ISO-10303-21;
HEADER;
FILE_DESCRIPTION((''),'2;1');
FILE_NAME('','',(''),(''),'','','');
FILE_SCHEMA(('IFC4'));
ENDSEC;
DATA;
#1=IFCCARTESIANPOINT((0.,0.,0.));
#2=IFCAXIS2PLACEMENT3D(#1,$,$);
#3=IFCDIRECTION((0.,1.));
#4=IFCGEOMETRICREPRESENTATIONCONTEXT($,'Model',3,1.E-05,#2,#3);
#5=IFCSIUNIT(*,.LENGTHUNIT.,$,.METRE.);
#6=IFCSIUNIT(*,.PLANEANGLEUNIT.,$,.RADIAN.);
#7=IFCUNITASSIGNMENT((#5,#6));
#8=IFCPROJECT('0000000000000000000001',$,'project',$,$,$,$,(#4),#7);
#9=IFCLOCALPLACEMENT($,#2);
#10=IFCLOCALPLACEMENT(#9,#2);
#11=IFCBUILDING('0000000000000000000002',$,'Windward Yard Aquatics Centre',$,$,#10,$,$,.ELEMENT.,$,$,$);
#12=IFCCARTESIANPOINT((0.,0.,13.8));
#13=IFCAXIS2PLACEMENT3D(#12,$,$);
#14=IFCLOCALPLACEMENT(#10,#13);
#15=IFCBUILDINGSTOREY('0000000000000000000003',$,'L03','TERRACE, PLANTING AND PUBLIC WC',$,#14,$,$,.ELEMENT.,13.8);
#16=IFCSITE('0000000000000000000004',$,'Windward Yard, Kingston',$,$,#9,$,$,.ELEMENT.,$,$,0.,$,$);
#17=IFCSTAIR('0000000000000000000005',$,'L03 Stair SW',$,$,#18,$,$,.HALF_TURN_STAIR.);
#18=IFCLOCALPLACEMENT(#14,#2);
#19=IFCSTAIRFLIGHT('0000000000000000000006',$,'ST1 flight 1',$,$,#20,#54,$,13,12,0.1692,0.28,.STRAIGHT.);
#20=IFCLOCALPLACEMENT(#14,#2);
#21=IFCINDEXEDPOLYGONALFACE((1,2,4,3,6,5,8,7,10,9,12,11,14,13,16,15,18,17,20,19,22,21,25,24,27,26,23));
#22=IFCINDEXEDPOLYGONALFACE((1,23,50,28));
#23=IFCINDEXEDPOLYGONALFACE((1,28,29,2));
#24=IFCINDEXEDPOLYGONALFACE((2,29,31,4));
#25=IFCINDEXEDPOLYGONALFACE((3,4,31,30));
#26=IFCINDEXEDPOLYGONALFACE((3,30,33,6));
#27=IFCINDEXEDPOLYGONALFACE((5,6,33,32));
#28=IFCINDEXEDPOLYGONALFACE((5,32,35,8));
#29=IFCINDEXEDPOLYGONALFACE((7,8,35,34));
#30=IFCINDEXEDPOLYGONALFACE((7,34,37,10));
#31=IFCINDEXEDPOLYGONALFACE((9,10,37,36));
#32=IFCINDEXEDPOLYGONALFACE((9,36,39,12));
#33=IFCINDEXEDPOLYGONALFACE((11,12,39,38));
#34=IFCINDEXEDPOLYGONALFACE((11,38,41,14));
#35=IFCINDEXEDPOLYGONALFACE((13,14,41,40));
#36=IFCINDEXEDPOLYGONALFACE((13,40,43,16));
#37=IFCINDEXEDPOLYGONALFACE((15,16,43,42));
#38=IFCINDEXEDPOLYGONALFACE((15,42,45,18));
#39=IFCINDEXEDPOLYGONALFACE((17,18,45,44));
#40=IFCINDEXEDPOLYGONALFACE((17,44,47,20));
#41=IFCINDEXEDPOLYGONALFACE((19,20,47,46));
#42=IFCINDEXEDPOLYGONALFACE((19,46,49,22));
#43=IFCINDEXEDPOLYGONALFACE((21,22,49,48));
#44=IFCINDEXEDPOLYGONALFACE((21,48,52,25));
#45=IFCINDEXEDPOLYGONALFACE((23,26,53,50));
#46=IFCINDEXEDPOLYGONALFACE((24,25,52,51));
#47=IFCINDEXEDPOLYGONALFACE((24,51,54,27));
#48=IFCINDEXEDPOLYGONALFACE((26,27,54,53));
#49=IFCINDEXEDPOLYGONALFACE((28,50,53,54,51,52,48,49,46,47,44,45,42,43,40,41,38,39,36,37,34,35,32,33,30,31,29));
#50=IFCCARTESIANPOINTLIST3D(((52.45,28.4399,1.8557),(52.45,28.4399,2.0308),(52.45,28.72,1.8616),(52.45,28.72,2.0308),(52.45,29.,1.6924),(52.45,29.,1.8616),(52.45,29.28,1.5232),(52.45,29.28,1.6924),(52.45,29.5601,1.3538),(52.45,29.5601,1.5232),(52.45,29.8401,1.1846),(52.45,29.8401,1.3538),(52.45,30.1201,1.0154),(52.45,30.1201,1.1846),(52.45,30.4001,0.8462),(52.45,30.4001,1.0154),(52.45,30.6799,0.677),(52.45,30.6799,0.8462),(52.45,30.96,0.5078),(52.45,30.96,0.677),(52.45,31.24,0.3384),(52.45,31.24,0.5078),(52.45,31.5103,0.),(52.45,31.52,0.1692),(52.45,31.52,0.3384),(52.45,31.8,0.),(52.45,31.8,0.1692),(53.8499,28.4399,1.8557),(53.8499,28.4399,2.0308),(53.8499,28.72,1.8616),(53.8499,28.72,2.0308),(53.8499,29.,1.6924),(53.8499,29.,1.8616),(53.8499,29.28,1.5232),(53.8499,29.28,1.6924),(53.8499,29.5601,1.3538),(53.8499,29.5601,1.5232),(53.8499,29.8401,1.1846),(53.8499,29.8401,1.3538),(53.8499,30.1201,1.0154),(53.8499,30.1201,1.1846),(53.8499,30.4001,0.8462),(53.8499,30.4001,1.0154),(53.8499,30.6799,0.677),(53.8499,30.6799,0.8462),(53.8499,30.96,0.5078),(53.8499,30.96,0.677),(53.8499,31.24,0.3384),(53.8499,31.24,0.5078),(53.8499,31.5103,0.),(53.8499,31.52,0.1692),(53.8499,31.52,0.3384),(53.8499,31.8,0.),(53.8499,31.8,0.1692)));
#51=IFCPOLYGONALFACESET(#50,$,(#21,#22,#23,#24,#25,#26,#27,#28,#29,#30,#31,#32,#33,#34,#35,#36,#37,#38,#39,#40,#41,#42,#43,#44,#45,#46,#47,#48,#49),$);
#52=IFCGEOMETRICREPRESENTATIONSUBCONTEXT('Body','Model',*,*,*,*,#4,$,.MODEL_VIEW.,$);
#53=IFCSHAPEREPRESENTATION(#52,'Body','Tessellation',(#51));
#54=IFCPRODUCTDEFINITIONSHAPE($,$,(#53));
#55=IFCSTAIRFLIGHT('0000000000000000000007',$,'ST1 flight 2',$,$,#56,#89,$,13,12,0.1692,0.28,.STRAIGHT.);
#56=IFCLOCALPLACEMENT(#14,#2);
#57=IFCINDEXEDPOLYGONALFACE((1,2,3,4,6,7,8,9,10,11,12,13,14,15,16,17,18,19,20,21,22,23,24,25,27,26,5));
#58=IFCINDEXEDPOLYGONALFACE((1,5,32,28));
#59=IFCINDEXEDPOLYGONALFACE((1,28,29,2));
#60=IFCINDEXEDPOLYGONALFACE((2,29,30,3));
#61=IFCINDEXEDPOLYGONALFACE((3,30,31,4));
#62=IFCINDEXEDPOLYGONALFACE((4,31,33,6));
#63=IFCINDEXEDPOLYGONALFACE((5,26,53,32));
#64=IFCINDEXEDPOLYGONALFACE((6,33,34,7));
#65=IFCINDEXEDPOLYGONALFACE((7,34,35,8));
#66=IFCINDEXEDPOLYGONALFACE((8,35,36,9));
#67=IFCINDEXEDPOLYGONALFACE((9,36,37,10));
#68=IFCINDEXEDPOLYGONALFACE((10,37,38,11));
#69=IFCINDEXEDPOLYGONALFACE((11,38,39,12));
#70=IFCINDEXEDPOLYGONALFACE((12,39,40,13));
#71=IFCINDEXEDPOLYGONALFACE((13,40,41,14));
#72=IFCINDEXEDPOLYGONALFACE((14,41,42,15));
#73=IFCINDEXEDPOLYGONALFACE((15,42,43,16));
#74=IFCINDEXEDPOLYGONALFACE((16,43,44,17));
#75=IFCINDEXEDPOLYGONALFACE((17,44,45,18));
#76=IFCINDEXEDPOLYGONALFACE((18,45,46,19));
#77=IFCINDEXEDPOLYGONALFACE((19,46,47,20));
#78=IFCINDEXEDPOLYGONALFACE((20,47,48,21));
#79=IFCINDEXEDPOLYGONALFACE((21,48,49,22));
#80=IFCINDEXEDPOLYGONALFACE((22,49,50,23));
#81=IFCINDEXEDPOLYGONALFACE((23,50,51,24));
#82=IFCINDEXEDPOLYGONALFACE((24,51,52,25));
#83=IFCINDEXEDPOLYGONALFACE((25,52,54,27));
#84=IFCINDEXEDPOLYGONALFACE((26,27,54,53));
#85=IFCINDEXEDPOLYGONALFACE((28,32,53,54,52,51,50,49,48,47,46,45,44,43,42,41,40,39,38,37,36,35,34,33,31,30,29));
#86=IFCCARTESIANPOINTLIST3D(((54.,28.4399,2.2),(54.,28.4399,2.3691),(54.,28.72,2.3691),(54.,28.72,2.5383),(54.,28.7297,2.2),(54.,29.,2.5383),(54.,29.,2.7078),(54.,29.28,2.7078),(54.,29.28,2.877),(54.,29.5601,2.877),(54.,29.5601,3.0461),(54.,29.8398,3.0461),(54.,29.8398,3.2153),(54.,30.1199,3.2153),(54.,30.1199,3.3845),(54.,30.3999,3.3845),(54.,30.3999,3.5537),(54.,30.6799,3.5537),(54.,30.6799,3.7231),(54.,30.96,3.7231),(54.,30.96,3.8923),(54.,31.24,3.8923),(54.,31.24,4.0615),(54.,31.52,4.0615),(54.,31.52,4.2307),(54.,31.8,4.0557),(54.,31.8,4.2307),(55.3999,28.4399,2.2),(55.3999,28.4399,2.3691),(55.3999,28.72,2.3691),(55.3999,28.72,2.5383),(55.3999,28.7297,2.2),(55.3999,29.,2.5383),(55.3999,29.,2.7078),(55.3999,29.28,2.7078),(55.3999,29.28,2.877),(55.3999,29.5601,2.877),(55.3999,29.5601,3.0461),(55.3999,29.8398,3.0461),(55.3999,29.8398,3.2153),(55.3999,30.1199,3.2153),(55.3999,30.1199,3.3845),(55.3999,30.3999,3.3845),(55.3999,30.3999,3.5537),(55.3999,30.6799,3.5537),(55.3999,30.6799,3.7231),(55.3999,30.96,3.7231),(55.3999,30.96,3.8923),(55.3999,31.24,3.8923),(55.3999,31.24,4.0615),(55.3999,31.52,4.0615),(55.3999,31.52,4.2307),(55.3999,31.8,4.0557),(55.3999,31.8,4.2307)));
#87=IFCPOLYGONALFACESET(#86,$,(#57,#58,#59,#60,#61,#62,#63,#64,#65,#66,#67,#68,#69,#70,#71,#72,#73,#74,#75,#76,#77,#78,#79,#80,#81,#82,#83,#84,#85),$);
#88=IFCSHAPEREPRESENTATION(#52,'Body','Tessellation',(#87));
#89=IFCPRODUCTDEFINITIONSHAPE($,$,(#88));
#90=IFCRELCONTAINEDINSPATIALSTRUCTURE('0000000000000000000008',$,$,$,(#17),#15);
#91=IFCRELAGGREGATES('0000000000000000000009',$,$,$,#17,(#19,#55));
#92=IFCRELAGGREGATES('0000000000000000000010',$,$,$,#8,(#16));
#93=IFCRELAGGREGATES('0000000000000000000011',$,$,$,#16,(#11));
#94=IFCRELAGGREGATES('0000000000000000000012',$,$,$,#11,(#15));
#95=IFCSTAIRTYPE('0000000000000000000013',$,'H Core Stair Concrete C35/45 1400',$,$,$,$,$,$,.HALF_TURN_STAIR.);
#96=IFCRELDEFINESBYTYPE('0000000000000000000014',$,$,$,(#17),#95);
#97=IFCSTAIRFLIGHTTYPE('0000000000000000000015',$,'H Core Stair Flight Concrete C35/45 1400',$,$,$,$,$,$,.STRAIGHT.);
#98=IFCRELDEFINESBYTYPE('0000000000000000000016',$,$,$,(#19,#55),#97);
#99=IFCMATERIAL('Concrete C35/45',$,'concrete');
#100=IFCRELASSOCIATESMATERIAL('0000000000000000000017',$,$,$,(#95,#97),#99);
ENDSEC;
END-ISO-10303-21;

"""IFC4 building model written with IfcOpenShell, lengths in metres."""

from ifc_helpers import new_model, si_unit, direction, frame, origin, place, context, subcontext, project, spatial, polyline, outline, extrude, material, type_object, element, aggregate, save


model = new_model("IFC4")

# Units and contexts
model_context = context("Model", 3, precision=1e-05, world=origin(), true_north=direction((0.0, 1.0)))
body_context = subcontext(model_context, "Body", "Model", "MODEL_VIEW")
ifc_project = project(units=[si_unit("LENGTHUNIT", "METRE"), si_unit("PLANEANGLEUNIT", "RADIAN")], contexts=[model_context])

# Site, building, storey
site_placement = place(None, origin())
site = spatial("IfcSite", under=ifc_project, at=site_placement, Name="Windward Yard, Kingston", CompositionType="ELEMENT", RefElevation=0.0)
building_placement = place(site_placement, origin())
building = spatial("IfcBuilding", under=site, at=building_placement, Name="Windward Yard Aquatics Centre", CompositionType="ELEMENT")
storey_placement = place(building_placement, frame((0.0, 0.0, 13.8)))
storey = spatial("IfcBuildingStorey", under=building, at=storey_placement, Name="L03", Description="TERRACE, PLANTING AND PUBLIC WC", CompositionType="ELEMENT", Elevation=13.8)

# Shared definitions
ifc_material_1 = material(Name="Concrete C35/45", Category="concrete")

# Stair, stair flights
stair_type_1 = type_object("IfcStairType", Name="H Core Stair Concrete C35/45 1400", PredefinedType="HALF_TURN_STAIR", material=ifc_material_1)
stair_1_placement = place(storey_placement, origin())
stair_1 = element("IfcStair", 1, at=stair_1_placement, inside=storey, type_object=stair_type_1, Name="L03 Stair SW", PredefinedType="HALF_TURN_STAIR")
stair_flight_type = type_object("IfcStairFlightType", Name="H Core Stair Flight Concrete C35/45 1400", PredefinedType="STRAIGHT", material=ifc_material_1)
stair_flight_1_placement = place(storey_placement, frame((53.1499, 31.8, 0.0), z_axis=(0.0, 0.0, 1.0), x_axis=(0.0, -1.0, 0.0)))
stair_flight_1 = element("IfcStairFlight", 2, at=stair_flight_1_placement, type_object=stair_flight_type, Name="ST1 flight 1", NumberOfRisers=13, NumberOfTreads=12, PredefinedType="STRAIGHT", RiserHeight=0.1692, TreadLength=0.28, context=body_context, shape_type="SweptSolid", body=[
    extrude(outline(polyline([(0.0, 0.0), (0.0, 0.1692), (0.28, 0.1692), (0.28, 0.3384), (0.5601, 0.3384), (0.5601, 0.5078), (0.8401, 0.5078), (0.8401, 0.677), (1.1201, 0.677), (1.1201, 0.8462), (1.3999, 0.8462), (1.3999, 1.0154), (1.6799, 1.0154), (1.6799, 1.1846), (1.96, 1.1846), (1.96, 1.3538), (2.24, 1.3538), (2.24, 1.5232), (2.52, 1.5232), (2.52, 1.6924), (2.8, 1.6924), (2.8, 1.8616), (3.0801, 1.8616), (3.0801, 2.0308), (3.3601, 2.0308), (3.3601, 2.2), (3.3601, 1.8557), (0.2898, 0.0), (0.0, 0.0)])), frame((0.0, 0.7, 0.0), z_axis=(0.0, -1.0, 0.0), x_axis=(1.0, 0.0, 0.0)), (0.0, 0.0, 1.0), 1.3999),
])
stair_flight_2_placement = place(storey_placement, frame((54.7, 28.4399, 2.2), z_axis=(0.0, 0.0, 1.0), x_axis=(0.0, 1.0, 0.0)))
stair_flight_2 = element("IfcStairFlight", 3, at=stair_flight_2_placement, type_object=stair_flight_type, Name="ST1 flight 2", NumberOfRisers=13, NumberOfTreads=12, PredefinedType="STRAIGHT", RiserHeight=0.1692, TreadLength=0.28, context=body_context, shape_type="SweptSolid", body=[
    extrude(outline(polyline([(0.0, 0.0), (0.0, 0.1692), (0.28, 0.1692), (0.28, 0.3384), (0.5601, 0.3384), (0.5601, 0.5078), (0.8401, 0.5078), (0.8401, 0.677), (1.1201, 0.677), (1.1201, 0.8462), (1.3999, 0.8462), (1.3999, 1.0154), (1.6799, 1.0154), (1.6799, 1.1846), (1.96, 1.1846), (1.96, 1.3538), (2.24, 1.3538), (2.24, 1.5232), (2.52, 1.5232), (2.52, 1.6924), (2.8, 1.6924), (2.8, 1.8616), (3.0801, 1.8616), (3.0801, 2.0308), (3.3601, 2.0308), (3.3601, 2.2), (3.3601, 1.8557), (0.2898, 0.0), (0.0, 0.0)])), frame((0.0, 0.7, 0.0), z_axis=(0.0, -1.0, 0.0), x_axis=(1.0, 0.0, 0.0)), (0.0, 0.0, 1.0), 1.3999),
])
aggregate(stair_1, [stair_flight_1, stair_flight_2])

save(model, "model.ifc")
